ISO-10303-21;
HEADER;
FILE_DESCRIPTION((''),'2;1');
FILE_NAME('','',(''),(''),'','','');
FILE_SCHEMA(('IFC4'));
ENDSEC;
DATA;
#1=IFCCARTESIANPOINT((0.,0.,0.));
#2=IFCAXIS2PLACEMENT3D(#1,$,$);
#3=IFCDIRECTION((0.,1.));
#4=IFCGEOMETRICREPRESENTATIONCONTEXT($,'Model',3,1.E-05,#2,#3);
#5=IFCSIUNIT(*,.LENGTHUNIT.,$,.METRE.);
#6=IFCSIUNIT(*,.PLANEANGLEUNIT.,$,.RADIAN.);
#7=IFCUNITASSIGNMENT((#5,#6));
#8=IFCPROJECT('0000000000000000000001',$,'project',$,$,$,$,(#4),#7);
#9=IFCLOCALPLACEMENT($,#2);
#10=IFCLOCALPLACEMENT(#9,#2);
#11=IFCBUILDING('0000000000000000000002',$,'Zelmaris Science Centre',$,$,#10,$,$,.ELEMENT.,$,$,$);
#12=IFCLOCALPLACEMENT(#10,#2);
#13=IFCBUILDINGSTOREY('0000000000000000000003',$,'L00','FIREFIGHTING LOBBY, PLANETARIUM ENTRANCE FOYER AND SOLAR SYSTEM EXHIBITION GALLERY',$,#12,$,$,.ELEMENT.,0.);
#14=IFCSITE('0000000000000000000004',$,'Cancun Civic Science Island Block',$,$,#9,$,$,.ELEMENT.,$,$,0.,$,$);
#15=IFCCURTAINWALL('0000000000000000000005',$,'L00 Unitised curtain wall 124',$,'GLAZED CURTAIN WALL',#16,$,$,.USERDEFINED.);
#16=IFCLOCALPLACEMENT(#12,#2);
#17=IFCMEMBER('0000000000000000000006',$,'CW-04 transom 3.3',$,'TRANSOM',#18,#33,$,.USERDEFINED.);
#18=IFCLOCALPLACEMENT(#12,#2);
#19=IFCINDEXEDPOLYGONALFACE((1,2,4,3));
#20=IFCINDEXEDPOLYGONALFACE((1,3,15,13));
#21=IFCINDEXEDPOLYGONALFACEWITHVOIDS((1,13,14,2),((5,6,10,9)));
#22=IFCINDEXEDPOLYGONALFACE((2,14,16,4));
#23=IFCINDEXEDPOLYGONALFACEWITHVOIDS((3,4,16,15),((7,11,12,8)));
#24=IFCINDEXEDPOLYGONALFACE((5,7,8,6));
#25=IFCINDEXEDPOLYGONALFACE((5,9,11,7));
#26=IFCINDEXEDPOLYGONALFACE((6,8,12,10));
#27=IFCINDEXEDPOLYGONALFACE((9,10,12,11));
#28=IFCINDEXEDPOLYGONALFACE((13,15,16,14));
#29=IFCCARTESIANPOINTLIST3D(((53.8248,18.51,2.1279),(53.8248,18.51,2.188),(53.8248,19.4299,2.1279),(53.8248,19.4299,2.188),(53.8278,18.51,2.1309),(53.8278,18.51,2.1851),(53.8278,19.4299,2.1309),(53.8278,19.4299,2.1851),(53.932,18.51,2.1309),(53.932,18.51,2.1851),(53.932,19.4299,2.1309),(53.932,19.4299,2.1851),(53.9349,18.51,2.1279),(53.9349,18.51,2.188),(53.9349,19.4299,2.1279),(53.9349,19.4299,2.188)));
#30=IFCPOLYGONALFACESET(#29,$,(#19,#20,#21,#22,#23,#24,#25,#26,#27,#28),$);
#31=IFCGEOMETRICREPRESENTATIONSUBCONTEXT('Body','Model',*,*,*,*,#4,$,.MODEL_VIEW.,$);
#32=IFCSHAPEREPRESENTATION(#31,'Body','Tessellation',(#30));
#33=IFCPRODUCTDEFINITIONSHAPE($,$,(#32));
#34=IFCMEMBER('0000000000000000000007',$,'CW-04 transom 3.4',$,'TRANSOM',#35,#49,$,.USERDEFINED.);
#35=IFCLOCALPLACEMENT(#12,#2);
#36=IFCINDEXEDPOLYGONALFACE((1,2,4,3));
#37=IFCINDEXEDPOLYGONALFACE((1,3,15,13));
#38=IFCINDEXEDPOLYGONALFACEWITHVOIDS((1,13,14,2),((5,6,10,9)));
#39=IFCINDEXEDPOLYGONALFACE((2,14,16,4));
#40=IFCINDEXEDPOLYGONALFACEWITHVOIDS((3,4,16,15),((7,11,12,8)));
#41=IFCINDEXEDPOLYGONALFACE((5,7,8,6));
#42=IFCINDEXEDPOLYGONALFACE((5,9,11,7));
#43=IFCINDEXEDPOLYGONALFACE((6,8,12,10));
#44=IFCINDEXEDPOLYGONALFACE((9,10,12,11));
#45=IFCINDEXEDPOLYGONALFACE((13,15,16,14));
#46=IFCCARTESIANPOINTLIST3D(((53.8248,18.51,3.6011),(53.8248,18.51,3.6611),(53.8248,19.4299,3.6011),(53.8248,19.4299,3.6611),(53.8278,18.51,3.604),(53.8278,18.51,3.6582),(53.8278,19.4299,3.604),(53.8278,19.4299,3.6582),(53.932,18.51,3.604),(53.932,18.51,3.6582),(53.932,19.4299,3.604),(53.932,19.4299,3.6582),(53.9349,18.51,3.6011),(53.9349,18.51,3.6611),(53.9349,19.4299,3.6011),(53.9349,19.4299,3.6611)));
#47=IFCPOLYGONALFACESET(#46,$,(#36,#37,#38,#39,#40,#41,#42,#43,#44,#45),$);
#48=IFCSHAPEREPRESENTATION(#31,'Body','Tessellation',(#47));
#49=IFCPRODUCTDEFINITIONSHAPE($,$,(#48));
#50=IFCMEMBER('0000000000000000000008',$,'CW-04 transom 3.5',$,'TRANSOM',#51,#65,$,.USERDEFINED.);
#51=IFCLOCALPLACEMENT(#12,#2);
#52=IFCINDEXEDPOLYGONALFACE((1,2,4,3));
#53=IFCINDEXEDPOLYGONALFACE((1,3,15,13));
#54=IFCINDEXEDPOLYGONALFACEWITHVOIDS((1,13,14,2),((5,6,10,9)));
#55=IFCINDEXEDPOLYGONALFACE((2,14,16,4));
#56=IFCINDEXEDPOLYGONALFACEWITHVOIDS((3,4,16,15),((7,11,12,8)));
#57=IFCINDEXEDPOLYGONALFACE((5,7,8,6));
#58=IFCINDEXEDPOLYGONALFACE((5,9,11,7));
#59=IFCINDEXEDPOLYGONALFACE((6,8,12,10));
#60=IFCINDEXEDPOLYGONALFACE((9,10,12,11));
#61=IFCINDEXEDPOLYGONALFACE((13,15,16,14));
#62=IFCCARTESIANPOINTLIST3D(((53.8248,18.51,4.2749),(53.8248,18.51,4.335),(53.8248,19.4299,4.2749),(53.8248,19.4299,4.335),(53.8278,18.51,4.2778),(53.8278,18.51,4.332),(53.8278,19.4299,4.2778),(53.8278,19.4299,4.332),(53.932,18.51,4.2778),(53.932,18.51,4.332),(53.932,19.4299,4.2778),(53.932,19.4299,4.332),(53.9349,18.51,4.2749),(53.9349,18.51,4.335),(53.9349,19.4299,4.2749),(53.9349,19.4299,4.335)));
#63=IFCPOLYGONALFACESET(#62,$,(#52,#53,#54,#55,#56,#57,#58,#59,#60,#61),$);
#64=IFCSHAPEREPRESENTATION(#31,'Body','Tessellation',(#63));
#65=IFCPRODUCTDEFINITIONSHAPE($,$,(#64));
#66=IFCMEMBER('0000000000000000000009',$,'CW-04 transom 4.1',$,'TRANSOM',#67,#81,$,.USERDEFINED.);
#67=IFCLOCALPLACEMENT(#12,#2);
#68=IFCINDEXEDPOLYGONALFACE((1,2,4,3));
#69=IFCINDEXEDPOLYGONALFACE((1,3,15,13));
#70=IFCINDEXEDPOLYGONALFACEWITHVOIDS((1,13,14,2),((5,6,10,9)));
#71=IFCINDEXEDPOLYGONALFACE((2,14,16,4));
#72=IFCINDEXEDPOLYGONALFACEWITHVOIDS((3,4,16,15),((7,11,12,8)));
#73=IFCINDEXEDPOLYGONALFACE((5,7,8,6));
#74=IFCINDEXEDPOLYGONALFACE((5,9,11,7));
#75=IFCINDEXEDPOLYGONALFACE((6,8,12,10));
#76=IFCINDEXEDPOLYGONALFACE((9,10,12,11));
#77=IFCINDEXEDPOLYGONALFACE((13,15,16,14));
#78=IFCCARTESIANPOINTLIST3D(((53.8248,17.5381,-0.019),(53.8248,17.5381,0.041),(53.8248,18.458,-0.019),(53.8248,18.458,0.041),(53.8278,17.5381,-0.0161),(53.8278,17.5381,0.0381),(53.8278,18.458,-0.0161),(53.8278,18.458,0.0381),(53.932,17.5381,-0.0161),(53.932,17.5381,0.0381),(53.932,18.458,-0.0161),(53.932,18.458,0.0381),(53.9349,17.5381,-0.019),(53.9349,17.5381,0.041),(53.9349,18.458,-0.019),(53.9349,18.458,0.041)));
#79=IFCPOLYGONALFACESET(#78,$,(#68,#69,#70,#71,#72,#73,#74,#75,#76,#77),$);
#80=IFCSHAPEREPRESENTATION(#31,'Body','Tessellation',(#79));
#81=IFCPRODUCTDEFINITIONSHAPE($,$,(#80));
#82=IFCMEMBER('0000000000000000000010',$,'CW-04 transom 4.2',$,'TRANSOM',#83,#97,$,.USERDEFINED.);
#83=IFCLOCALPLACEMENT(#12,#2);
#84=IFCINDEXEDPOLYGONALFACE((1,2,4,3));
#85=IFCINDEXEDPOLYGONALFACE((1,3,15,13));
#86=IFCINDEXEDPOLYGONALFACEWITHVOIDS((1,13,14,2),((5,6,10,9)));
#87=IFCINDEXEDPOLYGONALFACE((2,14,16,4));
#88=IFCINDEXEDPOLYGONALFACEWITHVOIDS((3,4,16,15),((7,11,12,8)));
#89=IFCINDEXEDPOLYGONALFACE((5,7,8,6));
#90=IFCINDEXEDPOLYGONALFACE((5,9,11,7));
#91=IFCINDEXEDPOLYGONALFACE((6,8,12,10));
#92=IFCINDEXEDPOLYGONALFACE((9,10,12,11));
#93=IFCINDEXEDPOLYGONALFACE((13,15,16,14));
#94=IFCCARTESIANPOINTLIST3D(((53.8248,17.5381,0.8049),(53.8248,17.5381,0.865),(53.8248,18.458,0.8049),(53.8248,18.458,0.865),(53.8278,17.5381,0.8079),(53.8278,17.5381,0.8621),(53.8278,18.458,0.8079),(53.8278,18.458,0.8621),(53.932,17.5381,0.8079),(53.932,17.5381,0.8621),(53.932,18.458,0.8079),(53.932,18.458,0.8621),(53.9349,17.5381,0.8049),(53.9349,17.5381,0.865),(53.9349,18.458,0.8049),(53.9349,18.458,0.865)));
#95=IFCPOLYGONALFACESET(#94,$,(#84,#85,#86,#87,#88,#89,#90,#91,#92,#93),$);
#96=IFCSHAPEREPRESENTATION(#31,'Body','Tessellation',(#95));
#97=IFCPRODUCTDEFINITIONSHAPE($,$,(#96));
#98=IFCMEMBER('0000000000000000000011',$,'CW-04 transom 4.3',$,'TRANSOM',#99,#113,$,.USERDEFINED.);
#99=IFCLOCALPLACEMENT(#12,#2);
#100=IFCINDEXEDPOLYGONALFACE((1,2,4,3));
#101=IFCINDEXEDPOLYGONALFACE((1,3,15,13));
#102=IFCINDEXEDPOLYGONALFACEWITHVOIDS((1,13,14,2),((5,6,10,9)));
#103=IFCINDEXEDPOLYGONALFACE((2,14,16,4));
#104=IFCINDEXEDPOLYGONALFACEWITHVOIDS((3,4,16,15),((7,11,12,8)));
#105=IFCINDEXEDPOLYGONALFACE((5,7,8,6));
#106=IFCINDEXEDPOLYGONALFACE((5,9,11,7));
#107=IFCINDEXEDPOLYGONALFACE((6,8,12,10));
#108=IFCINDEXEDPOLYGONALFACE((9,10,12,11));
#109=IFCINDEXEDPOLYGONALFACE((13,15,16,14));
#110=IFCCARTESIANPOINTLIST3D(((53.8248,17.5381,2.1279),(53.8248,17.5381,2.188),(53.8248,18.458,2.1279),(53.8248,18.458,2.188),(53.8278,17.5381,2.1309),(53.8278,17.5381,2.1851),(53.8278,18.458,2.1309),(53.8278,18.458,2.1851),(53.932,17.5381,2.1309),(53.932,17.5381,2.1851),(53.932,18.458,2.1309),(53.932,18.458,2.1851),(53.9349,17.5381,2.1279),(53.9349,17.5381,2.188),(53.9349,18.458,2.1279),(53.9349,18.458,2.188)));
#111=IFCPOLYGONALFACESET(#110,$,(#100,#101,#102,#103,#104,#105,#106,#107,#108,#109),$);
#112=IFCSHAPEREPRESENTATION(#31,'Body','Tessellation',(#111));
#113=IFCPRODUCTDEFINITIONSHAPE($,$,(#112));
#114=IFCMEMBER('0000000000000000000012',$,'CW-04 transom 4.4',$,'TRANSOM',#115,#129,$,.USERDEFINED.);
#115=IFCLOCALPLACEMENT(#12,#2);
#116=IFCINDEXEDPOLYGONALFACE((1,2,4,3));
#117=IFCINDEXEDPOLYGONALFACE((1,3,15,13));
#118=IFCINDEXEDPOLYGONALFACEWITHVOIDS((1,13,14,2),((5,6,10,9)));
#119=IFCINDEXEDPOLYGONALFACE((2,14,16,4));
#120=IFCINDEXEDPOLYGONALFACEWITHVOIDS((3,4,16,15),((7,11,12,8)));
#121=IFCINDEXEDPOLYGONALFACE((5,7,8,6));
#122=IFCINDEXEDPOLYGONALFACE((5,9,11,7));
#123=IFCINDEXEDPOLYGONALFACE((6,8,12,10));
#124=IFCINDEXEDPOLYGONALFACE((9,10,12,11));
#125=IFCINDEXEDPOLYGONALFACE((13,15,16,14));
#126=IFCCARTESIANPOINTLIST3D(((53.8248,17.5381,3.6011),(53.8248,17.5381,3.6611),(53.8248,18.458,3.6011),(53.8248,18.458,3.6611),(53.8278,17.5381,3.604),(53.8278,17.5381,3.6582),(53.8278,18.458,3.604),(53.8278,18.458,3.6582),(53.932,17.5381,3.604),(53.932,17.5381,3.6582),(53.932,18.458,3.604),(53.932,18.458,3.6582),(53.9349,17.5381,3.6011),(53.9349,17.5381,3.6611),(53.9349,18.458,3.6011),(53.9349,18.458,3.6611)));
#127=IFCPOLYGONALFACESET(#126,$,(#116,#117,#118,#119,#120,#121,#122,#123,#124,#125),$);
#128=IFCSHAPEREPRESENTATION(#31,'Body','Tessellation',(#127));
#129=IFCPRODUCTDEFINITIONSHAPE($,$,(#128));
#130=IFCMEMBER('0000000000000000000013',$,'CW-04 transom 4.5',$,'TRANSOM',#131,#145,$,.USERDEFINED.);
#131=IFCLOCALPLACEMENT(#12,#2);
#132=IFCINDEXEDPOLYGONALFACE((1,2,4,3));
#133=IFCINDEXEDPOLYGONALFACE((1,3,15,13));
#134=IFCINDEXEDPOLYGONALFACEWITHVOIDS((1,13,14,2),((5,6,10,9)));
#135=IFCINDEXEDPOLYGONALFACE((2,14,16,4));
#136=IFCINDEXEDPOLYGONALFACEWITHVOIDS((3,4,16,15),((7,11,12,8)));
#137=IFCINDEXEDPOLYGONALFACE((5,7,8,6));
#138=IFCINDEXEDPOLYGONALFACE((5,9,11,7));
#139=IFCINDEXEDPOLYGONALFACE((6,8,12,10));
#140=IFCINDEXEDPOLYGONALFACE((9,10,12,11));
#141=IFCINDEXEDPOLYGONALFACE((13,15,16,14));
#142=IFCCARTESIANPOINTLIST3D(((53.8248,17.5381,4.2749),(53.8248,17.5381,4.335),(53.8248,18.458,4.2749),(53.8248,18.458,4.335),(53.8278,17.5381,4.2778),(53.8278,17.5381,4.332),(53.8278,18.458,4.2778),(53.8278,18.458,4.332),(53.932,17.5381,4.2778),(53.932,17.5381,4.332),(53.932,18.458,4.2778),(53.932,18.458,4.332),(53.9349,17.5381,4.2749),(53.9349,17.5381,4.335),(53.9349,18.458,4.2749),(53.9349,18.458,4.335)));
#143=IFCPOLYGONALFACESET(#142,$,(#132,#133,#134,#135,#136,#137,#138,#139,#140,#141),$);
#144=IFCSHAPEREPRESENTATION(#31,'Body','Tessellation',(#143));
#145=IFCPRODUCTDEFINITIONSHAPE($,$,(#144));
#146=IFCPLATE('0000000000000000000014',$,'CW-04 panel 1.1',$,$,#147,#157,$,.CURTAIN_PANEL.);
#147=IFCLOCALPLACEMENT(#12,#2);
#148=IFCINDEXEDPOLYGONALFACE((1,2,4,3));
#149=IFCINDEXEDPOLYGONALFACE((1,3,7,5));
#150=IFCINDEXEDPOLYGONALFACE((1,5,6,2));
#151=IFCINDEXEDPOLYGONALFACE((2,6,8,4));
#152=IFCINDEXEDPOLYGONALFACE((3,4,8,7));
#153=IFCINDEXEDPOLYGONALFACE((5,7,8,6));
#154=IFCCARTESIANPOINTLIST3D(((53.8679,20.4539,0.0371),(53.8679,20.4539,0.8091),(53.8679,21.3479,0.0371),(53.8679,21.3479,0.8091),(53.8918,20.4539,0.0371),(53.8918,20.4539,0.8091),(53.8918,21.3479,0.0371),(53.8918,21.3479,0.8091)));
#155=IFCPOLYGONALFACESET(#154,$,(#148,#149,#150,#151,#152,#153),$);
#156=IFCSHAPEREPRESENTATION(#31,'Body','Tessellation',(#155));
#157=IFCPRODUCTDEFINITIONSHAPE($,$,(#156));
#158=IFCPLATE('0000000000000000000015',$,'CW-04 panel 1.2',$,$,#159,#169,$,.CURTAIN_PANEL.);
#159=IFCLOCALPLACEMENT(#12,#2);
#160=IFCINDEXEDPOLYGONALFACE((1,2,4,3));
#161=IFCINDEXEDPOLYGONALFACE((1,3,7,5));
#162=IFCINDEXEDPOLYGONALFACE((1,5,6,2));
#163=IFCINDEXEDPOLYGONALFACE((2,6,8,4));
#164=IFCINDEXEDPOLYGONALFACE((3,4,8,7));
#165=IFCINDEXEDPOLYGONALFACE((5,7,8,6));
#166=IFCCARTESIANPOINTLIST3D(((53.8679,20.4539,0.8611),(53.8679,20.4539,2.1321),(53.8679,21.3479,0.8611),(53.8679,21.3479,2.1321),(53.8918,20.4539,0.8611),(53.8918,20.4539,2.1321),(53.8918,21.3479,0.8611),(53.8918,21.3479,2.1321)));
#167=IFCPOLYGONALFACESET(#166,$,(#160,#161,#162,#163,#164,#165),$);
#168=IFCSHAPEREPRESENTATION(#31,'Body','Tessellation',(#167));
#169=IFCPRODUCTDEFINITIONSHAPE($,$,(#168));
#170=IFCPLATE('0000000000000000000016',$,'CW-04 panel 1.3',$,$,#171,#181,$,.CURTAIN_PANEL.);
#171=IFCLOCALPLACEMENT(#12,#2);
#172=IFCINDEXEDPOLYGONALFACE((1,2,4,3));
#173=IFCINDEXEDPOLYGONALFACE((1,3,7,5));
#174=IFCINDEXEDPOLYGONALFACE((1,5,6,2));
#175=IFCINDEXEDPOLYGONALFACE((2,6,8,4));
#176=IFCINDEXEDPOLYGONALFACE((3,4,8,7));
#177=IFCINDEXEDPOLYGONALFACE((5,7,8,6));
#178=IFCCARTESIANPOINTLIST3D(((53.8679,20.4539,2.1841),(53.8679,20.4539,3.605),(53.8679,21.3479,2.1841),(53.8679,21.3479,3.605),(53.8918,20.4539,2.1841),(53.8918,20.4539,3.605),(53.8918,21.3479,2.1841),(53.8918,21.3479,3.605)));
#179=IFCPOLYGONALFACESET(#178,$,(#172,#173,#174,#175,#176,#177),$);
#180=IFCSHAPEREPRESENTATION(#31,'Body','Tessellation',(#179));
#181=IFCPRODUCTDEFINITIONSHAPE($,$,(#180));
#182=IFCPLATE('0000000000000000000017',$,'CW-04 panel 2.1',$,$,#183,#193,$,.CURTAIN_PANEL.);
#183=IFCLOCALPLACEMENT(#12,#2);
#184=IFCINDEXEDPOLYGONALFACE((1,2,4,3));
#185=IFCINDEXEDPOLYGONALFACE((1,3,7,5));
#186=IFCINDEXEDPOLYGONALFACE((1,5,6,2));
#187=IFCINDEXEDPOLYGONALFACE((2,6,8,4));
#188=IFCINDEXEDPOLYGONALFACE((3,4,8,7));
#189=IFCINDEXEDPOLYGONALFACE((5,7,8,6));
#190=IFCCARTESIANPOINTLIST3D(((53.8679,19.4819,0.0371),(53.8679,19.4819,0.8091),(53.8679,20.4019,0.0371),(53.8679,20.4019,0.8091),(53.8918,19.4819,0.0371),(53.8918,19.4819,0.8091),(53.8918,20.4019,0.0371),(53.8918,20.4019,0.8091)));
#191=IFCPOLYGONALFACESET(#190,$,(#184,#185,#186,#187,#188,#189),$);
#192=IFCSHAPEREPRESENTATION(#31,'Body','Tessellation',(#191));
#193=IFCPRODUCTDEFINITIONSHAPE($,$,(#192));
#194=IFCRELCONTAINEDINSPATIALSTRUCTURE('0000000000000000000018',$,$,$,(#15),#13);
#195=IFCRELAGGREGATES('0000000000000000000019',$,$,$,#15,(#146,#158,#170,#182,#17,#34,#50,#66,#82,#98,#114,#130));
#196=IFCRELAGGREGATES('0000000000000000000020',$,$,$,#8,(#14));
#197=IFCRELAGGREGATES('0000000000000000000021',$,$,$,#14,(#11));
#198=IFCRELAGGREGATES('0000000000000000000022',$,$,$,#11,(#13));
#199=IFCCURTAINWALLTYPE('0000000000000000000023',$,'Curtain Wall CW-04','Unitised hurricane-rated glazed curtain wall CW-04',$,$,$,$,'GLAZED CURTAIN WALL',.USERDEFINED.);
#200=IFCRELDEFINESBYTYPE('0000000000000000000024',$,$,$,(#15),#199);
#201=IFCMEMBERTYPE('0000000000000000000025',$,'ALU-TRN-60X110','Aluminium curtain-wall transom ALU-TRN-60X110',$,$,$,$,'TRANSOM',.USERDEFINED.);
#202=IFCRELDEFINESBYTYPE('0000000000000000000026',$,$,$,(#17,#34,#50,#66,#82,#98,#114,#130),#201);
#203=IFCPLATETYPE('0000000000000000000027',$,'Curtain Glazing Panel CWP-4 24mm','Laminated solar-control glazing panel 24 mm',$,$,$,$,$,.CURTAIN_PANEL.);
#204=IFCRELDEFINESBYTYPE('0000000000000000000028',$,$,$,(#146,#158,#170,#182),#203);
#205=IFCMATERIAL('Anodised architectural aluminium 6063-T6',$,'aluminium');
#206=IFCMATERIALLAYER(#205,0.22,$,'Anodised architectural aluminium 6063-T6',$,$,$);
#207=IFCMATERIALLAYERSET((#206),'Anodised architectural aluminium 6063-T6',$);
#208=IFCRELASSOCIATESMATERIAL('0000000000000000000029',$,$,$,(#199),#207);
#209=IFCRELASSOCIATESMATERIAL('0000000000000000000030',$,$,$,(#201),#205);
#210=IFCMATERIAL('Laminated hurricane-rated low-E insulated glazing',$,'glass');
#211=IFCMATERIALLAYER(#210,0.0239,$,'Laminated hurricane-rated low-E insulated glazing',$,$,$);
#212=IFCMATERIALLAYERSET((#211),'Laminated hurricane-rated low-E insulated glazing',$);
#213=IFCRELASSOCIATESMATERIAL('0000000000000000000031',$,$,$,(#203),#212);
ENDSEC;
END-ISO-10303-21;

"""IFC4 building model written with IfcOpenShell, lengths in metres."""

from ifc_helpers import new_model, si_unit, direction, frame, origin, origin_2d, place, context, subcontext, project, spatial, rectangle, hollow_rectangle, extrude, material, layer, layer_set, material_profile, profile_set, type_object, element, aggregate, save


model = new_model("IFC4")

# Units and contexts
model_context = context("Model", 3, precision=1e-05, world=origin(), true_north=direction((0.0, 1.0)))
body_context = subcontext(model_context, "Body", "Model", "MODEL_VIEW")
ifc_project = project(units=[si_unit("LENGTHUNIT", "METRE"), si_unit("PLANEANGLEUNIT", "RADIAN")], contexts=[model_context])

# Site, building, storey
site_placement = place(None, origin())
site = spatial("IfcSite", under=ifc_project, at=site_placement, Name="Cancun Civic Science Island Block", CompositionType="ELEMENT", RefElevation=0.0)
building_placement = place(site_placement, origin())
building = spatial("IfcBuilding", under=site, at=building_placement, Name="Zelmaris Science Centre", CompositionType="ELEMENT")
storey_placement = place(building_placement, origin())
storey = spatial("IfcBuildingStorey", under=building, at=storey_placement, Name="L00", Description="FIREFIGHTING LOBBY, PLANETARIUM ENTRANCE FOYER AND SOLAR SYSTEM EXHIBITION GALLERY", CompositionType="ELEMENT", Elevation=0.0)

# Curtain wall, members, plates
ifc_material_1 = material(Name="Anodised architectural aluminium 6063-T6", Category="aluminium")
ifc_layer_1 = layer(ifc_material_1, 0.22, Name="Anodised architectural aluminium 6063-T6")
ifc_layer_set_1 = layer_set([ifc_layer_1], Name="Anodised architectural aluminium 6063-T6")
curtain_wall_type = type_object("IfcCurtainWallType", Name="Curtain Wall CW-04", Description="Unitised hurricane-rated glazed curtain wall CW-04", ElementType="GLAZED CURTAIN WALL", PredefinedType="USERDEFINED", material=ifc_layer_set_1)
curtain_wall_placement = place(storey_placement, origin())
curtain_wall = element("IfcCurtainWall", 1, at=curtain_wall_placement, inside=storey, type_object=curtain_wall_type, Name="L00 Unitised curtain wall 124", ObjectType="GLAZED CURTAIN WALL", PredefinedType="USERDEFINED")
ifc_material_profile_1 = material_profile(ifc_material_1, hollow_rectangle(XDim=0.0601, YDim=0.1101, WallThickness=0.0029, at=origin_2d()), Name="ALU-TRN-60X110")
ifc_profile_set_1 = profile_set([ifc_material_profile_1], Name="Anodised architectural aluminium 6063-T6")
member_type_1 = type_object("IfcMemberType", Name="ALU-TRN-60X110", Description="Aluminium curtain-wall transom ALU-TRN-60X110", ElementType="TRANSOM", PredefinedType="USERDEFINED", material=ifc_profile_set_1)
member_1_placement = place(storey_placement, frame((53.8799, 19.4299, 2.158), z_axis=(0.0, -1.0, 0.0), x_axis=(0.0, 0.0, 1.0)))
member_1 = element("IfcMember", 2, at=member_1_placement, type_object=member_type_1, Name="CW-04 transom 3.3", ObjectType="TRANSOM", PredefinedType="USERDEFINED", context=body_context, shape_type="SweptSolid", body=[
    extrude(hollow_rectangle(XDim=0.0601, YDim=0.1101, WallThickness=0.0029, at=origin_2d()), origin(), (0.0, 0.0, 1.0), 0.9199),
])
member_2_placement = place(storey_placement, frame((53.8799, 19.4299, 3.6311), z_axis=(0.0, -1.0, 0.0), x_axis=(0.0, 0.0, 1.0)))
member_2 = element("IfcMember", 3, at=member_2_placement, type_object=member_type_1, Name="CW-04 transom 3.4", ObjectType="TRANSOM", PredefinedType="USERDEFINED", context=body_context, shape_type="SweptSolid", body=[
    extrude(hollow_rectangle(XDim=0.0601, YDim=0.1101, WallThickness=0.0029, at=origin_2d()), origin(), (0.0, 0.0, 1.0), 0.9199),
])
member_3_placement = place(storey_placement, frame((53.8799, 19.4299, 4.3049), z_axis=(0.0, -1.0, 0.0), x_axis=(0.0, 0.0, 1.0)))
member_3 = element("IfcMember", 4, at=member_3_placement, type_object=member_type_1, Name="CW-04 transom 3.5", ObjectType="TRANSOM", PredefinedType="USERDEFINED", context=body_context, shape_type="SweptSolid", body=[
    extrude(hollow_rectangle(XDim=0.0601, YDim=0.1101, WallThickness=0.0029, at=origin_2d()), origin(), (0.0, 0.0, 1.0), 0.9199),
])
member_4_placement = place(storey_placement, frame((53.8799, 18.458, 0.011), z_axis=(0.0, -1.0, 0.0), x_axis=(0.0, 0.0, 1.0)))
member_4 = element("IfcMember", 5, at=member_4_placement, type_object=member_type_1, Name="CW-04 transom 4.1", ObjectType="TRANSOM", PredefinedType="USERDEFINED", context=body_context, shape_type="SweptSolid", body=[
    extrude(hollow_rectangle(XDim=0.0601, YDim=0.1101, WallThickness=0.0029, at=origin_2d()), origin(), (0.0, 0.0, 1.0), 0.9199),
])
member_5_placement = place(storey_placement, frame((53.8799, 18.458, 0.835), z_axis=(0.0, -1.0, 0.0), x_axis=(0.0, 0.0, 1.0)))
member_5 = element("IfcMember", 6, at=member_5_placement, type_object=member_type_1, Name="CW-04 transom 4.2", ObjectType="TRANSOM", PredefinedType="USERDEFINED", context=body_context, shape_type="SweptSolid", body=[
    extrude(hollow_rectangle(XDim=0.0601, YDim=0.1101, WallThickness=0.0029, at=origin_2d()), origin(), (0.0, 0.0, 1.0), 0.9199),
])
member_6_placement = place(storey_placement, frame((53.8799, 18.458, 2.158), z_axis=(0.0, -1.0, 0.0), x_axis=(0.0, 0.0, 1.0)))
member_6 = element("IfcMember", 7, at=member_6_placement, type_object=member_type_1, Name="CW-04 transom 4.3", ObjectType="TRANSOM", PredefinedType="USERDEFINED", context=body_context, shape_type="SweptSolid", body=[
    extrude(hollow_rectangle(XDim=0.0601, YDim=0.1101, WallThickness=0.0029, at=origin_2d()), origin(), (0.0, 0.0, 1.0), 0.9199),
])
member_7_placement = place(storey_placement, frame((53.8799, 18.458, 3.6311), z_axis=(0.0, -1.0, 0.0), x_axis=(0.0, 0.0, 1.0)))
member_7 = element("IfcMember", 8, at=member_7_placement, type_object=member_type_1, Name="CW-04 transom 4.4", ObjectType="TRANSOM", PredefinedType="USERDEFINED", context=body_context, shape_type="SweptSolid", body=[
    extrude(hollow_rectangle(XDim=0.0601, YDim=0.1101, WallThickness=0.0029, at=origin_2d()), origin(), (0.0, 0.0, 1.0), 0.9199),
])
member_8_placement = place(storey_placement, frame((53.8799, 18.458, 4.3049), z_axis=(0.0, -1.0, 0.0), x_axis=(0.0, 0.0, 1.0)))
member_8 = element("IfcMember", 9, at=member_8_placement, type_object=member_type_1, Name="CW-04 transom 4.5", ObjectType="TRANSOM", PredefinedType="USERDEFINED", context=body_context, shape_type="SweptSolid", body=[
    extrude(hollow_rectangle(XDim=0.0601, YDim=0.1101, WallThickness=0.0029, at=origin_2d()), origin(), (0.0, 0.0, 1.0), 0.9199),
])
ifc_material_2 = material(Name="Laminated hurricane-rated low-E insulated glazing", Category="glass")
ifc_layer_2 = layer(ifc_material_2, 0.0239, Name="Laminated hurricane-rated low-E insulated glazing")
ifc_layer_set_2 = layer_set([ifc_layer_2], Name="Laminated hurricane-rated low-E insulated glazing")
plate_type = type_object("IfcPlateType", Name="Curtain Glazing Panel CWP-4 24mm", Description="Laminated solar-control glazing panel 24 mm", PredefinedType="CURTAIN_PANEL", material=ifc_layer_set_2)
plate_1_placement = place(storey_placement, frame((53.8799, 20.9009, 0.0371), z_axis=(0.0, 0.0, 1.0), x_axis=(0.0, -1.0, 0.0)))
plate_1 = element("IfcPlate", 10, at=plate_1_placement, type_object=plate_type, Name="CW-04 panel 1.1", PredefinedType="CURTAIN_PANEL", context=body_context, shape_type="SweptSolid", body=[
    extrude(rectangle(XDim=0.894, YDim=0.0239, at=origin_2d()), origin(), (0.0, 0.0, 1.0), 0.772),
])
plate_2_placement = place(storey_placement, frame((53.8799, 20.9009, 0.8611), z_axis=(0.0, 0.0, 1.0), x_axis=(0.0, -1.0, 0.0)))
plate_2 = element("IfcPlate", 11, at=plate_2_placement, type_object=plate_type, Name="CW-04 panel 1.2", PredefinedType="CURTAIN_PANEL", context=body_context, shape_type="SweptSolid", body=[
    extrude(rectangle(XDim=0.894, YDim=0.0239, at=origin_2d()), origin(), (0.0, 0.0, 1.0), 1.271),
])
plate_3_placement = place(storey_placement, frame((53.8799, 20.9009, 2.1841), z_axis=(0.0, 0.0, 1.0), x_axis=(0.0, -1.0, 0.0)))
plate_3 = element("IfcPlate", 12, at=plate_3_placement, type_object=plate_type, Name="CW-04 panel 1.3", PredefinedType="CURTAIN_PANEL", context=body_context, shape_type="SweptSolid", body=[
    extrude(rectangle(XDim=0.894, YDim=0.0239, at=origin_2d()), origin(), (0.0, 0.0, 1.0), 1.4209),
])
plate_4_placement = place(storey_placement, frame((53.8799, 19.9419, 0.0371), z_axis=(0.0, 0.0, 1.0), x_axis=(0.0, -1.0, 0.0)))
plate_4 = element("IfcPlate", 13, at=plate_4_placement, type_object=plate_type, Name="CW-04 panel 2.1", PredefinedType="CURTAIN_PANEL", context=body_context, shape_type="SweptSolid", body=[
    extrude(rectangle(XDim=0.9199, YDim=0.0239, at=origin_2d()), origin(), (0.0, 0.0, 1.0), 0.772),
])
aggregate(curtain_wall, [plate_1, plate_2, plate_3, plate_4, member_1, member_2, member_3, member_4, member_5, member_6, member_7, member_8])

save(model, "model.ifc")
